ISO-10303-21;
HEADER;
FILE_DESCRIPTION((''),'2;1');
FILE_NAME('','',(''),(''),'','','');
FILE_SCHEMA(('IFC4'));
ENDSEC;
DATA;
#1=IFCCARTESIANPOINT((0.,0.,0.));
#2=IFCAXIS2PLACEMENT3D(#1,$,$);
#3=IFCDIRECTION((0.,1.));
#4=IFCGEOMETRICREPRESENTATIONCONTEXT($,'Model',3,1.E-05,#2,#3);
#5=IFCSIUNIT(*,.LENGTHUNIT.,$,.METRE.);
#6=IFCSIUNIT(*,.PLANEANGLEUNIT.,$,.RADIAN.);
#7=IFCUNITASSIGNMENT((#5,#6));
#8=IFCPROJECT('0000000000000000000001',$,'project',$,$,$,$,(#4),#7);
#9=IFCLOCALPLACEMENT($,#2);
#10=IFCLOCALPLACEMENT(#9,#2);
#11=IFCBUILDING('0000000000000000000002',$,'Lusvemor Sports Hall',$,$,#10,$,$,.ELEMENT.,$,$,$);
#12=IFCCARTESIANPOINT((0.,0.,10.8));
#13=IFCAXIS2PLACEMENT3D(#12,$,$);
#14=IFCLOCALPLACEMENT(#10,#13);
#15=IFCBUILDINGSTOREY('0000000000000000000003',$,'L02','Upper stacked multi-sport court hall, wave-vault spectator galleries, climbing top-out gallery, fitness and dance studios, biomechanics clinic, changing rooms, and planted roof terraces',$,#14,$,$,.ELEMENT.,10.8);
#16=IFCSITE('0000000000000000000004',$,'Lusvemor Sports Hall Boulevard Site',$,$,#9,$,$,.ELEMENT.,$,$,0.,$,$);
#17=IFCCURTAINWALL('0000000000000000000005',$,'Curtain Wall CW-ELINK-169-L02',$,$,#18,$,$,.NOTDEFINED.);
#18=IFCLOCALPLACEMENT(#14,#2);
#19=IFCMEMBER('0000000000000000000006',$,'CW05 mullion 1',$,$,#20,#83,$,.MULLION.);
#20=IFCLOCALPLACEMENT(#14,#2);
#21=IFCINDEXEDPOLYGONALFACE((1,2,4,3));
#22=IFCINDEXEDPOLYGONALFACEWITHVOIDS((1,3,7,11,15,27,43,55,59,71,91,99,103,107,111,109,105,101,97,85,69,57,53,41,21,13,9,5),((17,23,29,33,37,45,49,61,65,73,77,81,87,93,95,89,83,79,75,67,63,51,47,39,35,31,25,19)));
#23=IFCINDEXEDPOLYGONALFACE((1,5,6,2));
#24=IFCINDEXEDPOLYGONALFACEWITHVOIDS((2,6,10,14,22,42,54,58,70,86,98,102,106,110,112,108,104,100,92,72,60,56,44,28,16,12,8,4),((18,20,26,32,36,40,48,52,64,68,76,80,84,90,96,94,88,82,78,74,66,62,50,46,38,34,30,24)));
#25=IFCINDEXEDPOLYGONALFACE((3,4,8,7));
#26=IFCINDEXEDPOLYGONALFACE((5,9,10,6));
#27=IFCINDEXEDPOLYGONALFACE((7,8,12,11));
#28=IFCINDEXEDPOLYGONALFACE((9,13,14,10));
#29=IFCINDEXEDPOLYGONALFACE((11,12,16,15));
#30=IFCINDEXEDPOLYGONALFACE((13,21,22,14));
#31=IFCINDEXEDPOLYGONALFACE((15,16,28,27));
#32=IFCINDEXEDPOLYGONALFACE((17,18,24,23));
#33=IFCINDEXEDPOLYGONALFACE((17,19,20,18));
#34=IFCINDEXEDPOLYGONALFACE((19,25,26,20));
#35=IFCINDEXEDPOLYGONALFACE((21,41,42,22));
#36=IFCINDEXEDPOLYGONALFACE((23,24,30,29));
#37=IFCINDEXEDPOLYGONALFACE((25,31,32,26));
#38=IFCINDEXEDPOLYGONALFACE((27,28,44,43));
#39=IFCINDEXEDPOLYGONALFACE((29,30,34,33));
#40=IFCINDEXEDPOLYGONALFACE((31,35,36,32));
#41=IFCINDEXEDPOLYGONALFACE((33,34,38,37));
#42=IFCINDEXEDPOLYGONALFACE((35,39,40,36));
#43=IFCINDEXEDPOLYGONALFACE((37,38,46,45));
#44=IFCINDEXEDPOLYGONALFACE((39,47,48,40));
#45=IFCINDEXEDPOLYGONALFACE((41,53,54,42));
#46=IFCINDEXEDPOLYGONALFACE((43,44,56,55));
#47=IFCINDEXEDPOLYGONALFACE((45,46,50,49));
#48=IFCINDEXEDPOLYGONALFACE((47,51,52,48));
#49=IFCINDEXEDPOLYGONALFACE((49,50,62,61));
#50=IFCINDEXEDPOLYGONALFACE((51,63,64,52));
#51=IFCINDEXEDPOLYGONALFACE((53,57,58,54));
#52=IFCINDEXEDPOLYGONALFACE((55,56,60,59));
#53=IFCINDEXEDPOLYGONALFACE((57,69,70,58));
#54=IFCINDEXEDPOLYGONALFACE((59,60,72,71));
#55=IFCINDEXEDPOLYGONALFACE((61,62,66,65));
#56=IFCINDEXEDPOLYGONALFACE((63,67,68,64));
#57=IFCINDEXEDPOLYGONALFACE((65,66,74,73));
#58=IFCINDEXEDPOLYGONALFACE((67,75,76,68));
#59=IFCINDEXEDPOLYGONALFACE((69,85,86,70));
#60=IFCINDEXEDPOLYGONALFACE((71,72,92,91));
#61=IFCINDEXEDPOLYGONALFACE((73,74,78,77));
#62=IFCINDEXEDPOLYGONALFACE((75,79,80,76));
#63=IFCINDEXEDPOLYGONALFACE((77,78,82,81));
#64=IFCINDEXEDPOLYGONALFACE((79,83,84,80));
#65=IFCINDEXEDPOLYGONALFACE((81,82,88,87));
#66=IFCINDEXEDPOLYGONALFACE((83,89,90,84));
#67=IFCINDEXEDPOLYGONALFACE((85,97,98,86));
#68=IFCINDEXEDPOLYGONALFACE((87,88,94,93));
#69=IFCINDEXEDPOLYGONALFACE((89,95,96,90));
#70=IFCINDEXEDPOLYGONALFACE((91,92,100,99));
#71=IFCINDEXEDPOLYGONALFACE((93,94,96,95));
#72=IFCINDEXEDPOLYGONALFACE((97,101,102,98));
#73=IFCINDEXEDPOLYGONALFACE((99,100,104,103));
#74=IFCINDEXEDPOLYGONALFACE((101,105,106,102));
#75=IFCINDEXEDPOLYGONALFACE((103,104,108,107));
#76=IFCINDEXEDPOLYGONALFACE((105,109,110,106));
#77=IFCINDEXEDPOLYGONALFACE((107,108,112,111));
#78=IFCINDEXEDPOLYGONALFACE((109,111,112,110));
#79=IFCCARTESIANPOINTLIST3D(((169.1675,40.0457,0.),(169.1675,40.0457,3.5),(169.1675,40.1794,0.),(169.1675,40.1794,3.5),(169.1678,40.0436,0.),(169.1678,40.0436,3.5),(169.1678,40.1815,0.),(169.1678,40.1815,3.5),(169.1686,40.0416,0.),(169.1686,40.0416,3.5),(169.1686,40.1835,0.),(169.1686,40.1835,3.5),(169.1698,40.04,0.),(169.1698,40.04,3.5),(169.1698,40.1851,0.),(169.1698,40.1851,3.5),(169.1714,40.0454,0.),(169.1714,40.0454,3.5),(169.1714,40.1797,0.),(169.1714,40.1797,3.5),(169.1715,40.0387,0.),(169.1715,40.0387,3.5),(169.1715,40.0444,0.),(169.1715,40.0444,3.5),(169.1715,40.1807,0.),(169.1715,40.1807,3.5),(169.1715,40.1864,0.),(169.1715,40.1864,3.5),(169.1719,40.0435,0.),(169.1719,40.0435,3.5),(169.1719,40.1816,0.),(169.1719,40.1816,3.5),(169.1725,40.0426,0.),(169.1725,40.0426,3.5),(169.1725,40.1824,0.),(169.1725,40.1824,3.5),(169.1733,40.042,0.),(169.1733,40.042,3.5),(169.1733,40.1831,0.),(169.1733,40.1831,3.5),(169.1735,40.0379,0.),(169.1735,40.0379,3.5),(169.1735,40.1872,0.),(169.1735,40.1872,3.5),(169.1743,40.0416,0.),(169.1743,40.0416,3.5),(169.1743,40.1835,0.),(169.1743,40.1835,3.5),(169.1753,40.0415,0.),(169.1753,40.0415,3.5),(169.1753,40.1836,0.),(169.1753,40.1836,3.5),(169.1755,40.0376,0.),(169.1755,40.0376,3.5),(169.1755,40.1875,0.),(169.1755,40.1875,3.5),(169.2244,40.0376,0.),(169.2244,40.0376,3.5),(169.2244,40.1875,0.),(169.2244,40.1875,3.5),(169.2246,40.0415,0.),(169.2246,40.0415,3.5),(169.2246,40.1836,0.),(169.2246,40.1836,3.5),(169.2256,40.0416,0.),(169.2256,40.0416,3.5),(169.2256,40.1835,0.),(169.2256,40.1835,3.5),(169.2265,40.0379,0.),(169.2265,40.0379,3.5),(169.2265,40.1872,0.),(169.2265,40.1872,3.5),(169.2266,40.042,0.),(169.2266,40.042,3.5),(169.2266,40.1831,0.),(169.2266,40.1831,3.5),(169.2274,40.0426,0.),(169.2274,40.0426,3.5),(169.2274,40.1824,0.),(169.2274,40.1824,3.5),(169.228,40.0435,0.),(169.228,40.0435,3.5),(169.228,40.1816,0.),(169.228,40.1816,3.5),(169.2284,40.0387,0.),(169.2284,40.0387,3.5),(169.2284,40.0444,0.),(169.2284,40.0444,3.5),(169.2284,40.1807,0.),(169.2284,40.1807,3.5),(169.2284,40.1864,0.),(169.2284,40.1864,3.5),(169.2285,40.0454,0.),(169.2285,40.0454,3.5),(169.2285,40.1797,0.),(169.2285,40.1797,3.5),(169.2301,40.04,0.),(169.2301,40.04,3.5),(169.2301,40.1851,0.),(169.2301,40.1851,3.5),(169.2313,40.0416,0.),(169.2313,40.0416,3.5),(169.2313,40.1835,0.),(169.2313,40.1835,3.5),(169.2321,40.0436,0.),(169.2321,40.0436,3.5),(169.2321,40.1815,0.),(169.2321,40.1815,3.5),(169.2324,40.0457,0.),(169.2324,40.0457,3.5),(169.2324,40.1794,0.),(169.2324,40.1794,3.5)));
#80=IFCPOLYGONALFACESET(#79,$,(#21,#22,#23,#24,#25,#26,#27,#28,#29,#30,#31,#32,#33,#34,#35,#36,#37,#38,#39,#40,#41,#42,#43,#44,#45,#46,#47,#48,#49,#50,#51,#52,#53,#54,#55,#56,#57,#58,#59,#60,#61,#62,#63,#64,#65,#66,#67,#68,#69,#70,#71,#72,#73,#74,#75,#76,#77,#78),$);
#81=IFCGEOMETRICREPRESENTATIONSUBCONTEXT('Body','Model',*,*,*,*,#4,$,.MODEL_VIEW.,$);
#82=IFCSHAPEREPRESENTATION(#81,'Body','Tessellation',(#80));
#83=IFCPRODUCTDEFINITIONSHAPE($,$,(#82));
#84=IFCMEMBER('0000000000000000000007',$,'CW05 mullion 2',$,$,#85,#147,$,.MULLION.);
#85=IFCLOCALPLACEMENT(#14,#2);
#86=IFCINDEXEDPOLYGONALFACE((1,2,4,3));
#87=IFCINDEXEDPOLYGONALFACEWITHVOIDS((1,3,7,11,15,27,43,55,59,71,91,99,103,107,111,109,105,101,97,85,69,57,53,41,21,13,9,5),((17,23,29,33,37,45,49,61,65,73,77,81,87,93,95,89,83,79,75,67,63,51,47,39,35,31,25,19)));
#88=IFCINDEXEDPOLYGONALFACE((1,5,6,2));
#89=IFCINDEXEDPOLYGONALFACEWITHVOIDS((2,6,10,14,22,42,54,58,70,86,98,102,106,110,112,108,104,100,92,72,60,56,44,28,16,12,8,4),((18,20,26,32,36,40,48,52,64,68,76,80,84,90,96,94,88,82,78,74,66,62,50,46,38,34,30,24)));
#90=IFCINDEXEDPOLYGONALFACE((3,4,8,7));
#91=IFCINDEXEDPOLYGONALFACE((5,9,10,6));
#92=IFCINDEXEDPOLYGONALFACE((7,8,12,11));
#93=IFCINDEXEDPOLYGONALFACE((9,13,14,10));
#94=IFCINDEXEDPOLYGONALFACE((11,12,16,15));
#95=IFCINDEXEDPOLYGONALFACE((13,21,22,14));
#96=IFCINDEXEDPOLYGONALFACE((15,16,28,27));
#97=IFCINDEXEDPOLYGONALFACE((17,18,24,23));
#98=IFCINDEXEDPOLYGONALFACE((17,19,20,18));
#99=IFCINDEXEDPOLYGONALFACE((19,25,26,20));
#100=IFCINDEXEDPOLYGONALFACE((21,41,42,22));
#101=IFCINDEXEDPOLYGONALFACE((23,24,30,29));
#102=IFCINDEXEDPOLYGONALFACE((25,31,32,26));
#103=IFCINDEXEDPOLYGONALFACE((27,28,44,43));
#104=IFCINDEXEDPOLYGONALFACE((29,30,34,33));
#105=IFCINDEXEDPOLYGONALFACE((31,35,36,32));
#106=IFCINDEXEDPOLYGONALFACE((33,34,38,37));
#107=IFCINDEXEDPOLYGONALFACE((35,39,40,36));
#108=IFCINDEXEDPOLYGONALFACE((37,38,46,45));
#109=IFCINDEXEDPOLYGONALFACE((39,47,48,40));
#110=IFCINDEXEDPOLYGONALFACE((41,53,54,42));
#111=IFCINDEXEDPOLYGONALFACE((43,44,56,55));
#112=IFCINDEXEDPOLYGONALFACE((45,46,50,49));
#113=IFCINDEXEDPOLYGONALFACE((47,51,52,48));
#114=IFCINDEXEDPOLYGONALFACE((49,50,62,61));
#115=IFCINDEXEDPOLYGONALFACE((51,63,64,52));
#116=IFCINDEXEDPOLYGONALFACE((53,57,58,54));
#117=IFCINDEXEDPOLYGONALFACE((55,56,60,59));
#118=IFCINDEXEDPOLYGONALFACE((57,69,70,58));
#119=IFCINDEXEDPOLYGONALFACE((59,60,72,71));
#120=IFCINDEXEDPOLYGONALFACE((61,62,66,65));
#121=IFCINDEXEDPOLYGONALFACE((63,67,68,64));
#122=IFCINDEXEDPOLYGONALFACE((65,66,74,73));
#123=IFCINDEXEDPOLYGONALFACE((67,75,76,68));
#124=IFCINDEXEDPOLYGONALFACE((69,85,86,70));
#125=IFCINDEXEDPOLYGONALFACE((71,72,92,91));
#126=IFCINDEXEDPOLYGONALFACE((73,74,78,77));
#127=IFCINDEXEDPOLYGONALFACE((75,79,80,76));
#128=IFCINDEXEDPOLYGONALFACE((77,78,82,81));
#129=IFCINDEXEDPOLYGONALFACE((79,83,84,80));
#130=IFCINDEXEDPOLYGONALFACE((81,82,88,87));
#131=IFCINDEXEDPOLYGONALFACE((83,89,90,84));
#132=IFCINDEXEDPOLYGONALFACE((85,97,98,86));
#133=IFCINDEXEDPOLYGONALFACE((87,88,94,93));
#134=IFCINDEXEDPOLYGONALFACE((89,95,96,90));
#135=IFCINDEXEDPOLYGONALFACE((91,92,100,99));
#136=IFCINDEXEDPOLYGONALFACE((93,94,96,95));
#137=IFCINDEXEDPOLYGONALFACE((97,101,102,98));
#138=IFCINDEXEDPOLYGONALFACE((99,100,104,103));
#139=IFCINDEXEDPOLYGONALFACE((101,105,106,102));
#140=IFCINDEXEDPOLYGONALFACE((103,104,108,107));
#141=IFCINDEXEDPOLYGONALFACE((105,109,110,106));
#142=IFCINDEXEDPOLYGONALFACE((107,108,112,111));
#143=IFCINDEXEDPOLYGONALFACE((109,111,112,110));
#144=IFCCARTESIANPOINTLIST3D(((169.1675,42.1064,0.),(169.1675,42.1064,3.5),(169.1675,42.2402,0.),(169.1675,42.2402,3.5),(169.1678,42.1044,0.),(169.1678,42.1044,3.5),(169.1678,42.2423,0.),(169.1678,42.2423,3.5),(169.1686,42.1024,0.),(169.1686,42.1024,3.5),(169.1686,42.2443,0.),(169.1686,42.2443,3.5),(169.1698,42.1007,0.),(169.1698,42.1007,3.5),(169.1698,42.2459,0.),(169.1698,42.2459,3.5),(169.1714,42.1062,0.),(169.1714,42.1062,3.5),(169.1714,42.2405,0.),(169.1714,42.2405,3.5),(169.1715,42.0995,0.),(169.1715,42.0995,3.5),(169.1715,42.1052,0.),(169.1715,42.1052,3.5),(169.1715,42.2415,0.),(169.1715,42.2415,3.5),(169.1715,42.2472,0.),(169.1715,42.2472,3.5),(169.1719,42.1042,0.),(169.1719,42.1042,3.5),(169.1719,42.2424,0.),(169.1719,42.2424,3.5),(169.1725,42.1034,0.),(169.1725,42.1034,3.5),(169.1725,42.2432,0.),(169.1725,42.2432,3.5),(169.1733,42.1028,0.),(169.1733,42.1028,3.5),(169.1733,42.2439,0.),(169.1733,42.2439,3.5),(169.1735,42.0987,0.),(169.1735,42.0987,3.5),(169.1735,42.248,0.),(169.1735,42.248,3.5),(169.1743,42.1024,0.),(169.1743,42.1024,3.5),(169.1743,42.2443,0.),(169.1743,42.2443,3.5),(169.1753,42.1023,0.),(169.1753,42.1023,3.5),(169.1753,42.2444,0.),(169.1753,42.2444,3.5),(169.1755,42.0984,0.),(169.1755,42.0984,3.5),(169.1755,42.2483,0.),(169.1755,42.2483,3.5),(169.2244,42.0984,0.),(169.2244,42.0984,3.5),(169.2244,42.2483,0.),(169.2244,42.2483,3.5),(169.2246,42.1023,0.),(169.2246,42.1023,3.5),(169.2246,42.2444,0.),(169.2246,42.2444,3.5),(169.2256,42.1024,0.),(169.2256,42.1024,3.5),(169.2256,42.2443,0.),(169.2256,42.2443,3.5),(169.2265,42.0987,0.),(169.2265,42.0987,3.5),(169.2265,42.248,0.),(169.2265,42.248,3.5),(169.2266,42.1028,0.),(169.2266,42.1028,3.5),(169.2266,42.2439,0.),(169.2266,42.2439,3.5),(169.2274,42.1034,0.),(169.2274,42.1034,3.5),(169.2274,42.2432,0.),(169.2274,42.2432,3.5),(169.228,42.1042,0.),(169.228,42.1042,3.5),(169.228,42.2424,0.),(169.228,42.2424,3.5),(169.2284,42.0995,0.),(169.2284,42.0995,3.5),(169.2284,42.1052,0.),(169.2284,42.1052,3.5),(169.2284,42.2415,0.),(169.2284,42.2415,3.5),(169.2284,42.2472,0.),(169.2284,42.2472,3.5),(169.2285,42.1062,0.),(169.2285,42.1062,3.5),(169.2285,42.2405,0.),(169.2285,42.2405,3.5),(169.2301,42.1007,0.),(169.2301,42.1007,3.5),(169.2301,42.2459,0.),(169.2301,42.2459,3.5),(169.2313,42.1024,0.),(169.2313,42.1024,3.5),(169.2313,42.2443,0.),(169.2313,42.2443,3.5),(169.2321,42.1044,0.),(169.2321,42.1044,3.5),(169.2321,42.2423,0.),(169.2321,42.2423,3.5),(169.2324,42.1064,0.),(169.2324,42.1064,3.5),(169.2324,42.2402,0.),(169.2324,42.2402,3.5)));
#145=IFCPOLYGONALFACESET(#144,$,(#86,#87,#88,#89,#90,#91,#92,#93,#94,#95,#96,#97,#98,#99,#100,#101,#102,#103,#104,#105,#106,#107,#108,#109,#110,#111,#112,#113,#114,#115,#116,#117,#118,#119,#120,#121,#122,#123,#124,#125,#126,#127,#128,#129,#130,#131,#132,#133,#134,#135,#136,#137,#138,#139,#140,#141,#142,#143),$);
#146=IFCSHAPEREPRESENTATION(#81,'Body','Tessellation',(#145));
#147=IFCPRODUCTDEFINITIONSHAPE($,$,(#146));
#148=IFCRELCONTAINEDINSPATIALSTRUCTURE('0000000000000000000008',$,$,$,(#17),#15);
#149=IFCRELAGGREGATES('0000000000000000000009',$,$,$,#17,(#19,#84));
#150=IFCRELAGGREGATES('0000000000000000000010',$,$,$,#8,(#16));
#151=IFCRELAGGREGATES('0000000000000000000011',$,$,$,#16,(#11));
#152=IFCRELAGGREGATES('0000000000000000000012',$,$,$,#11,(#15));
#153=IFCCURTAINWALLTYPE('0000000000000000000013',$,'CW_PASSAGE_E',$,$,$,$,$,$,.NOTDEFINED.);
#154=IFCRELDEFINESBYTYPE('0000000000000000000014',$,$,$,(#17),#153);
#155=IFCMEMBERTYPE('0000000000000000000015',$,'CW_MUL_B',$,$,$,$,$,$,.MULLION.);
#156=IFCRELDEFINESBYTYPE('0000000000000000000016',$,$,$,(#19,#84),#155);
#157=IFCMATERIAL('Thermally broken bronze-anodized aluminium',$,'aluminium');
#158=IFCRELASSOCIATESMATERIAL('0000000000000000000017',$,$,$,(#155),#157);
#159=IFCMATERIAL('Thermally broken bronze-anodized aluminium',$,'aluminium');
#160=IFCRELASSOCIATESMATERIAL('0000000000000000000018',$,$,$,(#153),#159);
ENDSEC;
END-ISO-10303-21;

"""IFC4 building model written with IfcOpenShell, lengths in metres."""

from ifc_helpers import new_model, si_unit, direction, frame, origin, origin_2d, place, context, subcontext, project, spatial, hollow_rectangle, extrude, material, material_profile, profile_set, type_object, element, aggregate, save


model = new_model("IFC4")

# Units and contexts
model_context = context("Model", 3, precision=1e-05, world=origin(), true_north=direction((0.0, 1.0)))
body_context = subcontext(model_context, "Body", "Model", "MODEL_VIEW")
ifc_project = project(units=[si_unit("LENGTHUNIT", "METRE"), si_unit("PLANEANGLEUNIT", "RADIAN")], contexts=[model_context])

# Site, building, storey
site_placement = place(None, origin())
site = spatial("IfcSite", under=ifc_project, at=site_placement, Name="Lusvemor Sports Hall Boulevard Site", CompositionType="ELEMENT", RefElevation=0.0)
building_placement = place(site_placement, origin())
building = spatial("IfcBuilding", under=site, at=building_placement, Name="Lusvemor Sports Hall", CompositionType="ELEMENT")
storey_placement = place(building_placement, frame((0.0, 0.0, 10.8)))
storey = spatial("IfcBuildingStorey", under=building, at=storey_placement, Name="L02", Description="Upper stacked multi-sport court hall, wave-vault spectator galleries, climbing top-out gallery, fitness and dance studios, biomechanics clinic, changing rooms, and planted roof terraces", CompositionType="ELEMENT", Elevation=10.8)

# Curtain wall, members
ifc_material_1 = material(Name="Thermally broken bronze-anodized aluminium", Category="aluminium")
ifc_material_profile_1 = material_profile(ifc_material_1, hollow_rectangle(XDim=0.0649, YDim=0.1499, WallThickness=0.0039, InnerFilletRadius=0.0039, OuterFilletRadius=0.0081, at=origin_2d()), Name="CWMUL150x65x4")
ifc_profile_set_1 = profile_set([ifc_material_profile_1], Name="Thermally broken bronze-anodized aluminium")
member_type_1 = type_object("IfcMemberType", Name="CW_MUL_B", PredefinedType="MULLION", material=ifc_profile_set_1)
ifc_material_2 = material(Name="Thermally broken bronze-anodized aluminium", Category="aluminium")
curtain_wall_type_1 = type_object("IfcCurtainWallType", Name="CW_PASSAGE_E", PredefinedType="NOTDEFINED", material=ifc_material_2)
curtain_wall_1_placement = place(storey_placement, origin())
curtain_wall_1 = element("IfcCurtainWall", 1, at=curtain_wall_1_placement, inside=storey, type_object=curtain_wall_type_1, Name="Curtain Wall CW-ELINK-169-L02", PredefinedType="NOTDEFINED")
member_1_placement = place(storey_placement, frame((169.2, 40.1125, 0.0), z_axis=(0.0, 0.0, 1.0), x_axis=(-1.0, 0.0, 0.0)))
member_1 = element("IfcMember", 2, at=member_1_placement, type_object=member_type_1, Name="CW05 mullion 1", PredefinedType="MULLION", context=body_context, shape_type="SweptSolid", body=[
    extrude(hollow_rectangle(XDim=0.0649, YDim=0.1499, WallThickness=0.0039, InnerFilletRadius=0.0039, OuterFilletRadius=0.0081, at=origin_2d()), origin(), (0.0, 0.0, 1.0), 3.5),
])
member_2_placement = place(storey_placement, frame((169.2, 42.1733, 0.0), z_axis=(0.0, 0.0, 1.0), x_axis=(-1.0, 0.0, 0.0)))
member_2 = element("IfcMember", 3, at=member_2_placement, type_object=member_type_1, Name="CW05 mullion 2", PredefinedType="MULLION", context=body_context, shape_type="SweptSolid", body=[
    extrude(hollow_rectangle(XDim=0.0649, YDim=0.1499, WallThickness=0.0039, InnerFilletRadius=0.0039, OuterFilletRadius=0.0081, at=origin_2d()), origin(), (0.0, 0.0, 1.0), 3.5),
])

aggregate(curtain_wall_1, [member_1, member_2])

save(model, "model.ifc")
